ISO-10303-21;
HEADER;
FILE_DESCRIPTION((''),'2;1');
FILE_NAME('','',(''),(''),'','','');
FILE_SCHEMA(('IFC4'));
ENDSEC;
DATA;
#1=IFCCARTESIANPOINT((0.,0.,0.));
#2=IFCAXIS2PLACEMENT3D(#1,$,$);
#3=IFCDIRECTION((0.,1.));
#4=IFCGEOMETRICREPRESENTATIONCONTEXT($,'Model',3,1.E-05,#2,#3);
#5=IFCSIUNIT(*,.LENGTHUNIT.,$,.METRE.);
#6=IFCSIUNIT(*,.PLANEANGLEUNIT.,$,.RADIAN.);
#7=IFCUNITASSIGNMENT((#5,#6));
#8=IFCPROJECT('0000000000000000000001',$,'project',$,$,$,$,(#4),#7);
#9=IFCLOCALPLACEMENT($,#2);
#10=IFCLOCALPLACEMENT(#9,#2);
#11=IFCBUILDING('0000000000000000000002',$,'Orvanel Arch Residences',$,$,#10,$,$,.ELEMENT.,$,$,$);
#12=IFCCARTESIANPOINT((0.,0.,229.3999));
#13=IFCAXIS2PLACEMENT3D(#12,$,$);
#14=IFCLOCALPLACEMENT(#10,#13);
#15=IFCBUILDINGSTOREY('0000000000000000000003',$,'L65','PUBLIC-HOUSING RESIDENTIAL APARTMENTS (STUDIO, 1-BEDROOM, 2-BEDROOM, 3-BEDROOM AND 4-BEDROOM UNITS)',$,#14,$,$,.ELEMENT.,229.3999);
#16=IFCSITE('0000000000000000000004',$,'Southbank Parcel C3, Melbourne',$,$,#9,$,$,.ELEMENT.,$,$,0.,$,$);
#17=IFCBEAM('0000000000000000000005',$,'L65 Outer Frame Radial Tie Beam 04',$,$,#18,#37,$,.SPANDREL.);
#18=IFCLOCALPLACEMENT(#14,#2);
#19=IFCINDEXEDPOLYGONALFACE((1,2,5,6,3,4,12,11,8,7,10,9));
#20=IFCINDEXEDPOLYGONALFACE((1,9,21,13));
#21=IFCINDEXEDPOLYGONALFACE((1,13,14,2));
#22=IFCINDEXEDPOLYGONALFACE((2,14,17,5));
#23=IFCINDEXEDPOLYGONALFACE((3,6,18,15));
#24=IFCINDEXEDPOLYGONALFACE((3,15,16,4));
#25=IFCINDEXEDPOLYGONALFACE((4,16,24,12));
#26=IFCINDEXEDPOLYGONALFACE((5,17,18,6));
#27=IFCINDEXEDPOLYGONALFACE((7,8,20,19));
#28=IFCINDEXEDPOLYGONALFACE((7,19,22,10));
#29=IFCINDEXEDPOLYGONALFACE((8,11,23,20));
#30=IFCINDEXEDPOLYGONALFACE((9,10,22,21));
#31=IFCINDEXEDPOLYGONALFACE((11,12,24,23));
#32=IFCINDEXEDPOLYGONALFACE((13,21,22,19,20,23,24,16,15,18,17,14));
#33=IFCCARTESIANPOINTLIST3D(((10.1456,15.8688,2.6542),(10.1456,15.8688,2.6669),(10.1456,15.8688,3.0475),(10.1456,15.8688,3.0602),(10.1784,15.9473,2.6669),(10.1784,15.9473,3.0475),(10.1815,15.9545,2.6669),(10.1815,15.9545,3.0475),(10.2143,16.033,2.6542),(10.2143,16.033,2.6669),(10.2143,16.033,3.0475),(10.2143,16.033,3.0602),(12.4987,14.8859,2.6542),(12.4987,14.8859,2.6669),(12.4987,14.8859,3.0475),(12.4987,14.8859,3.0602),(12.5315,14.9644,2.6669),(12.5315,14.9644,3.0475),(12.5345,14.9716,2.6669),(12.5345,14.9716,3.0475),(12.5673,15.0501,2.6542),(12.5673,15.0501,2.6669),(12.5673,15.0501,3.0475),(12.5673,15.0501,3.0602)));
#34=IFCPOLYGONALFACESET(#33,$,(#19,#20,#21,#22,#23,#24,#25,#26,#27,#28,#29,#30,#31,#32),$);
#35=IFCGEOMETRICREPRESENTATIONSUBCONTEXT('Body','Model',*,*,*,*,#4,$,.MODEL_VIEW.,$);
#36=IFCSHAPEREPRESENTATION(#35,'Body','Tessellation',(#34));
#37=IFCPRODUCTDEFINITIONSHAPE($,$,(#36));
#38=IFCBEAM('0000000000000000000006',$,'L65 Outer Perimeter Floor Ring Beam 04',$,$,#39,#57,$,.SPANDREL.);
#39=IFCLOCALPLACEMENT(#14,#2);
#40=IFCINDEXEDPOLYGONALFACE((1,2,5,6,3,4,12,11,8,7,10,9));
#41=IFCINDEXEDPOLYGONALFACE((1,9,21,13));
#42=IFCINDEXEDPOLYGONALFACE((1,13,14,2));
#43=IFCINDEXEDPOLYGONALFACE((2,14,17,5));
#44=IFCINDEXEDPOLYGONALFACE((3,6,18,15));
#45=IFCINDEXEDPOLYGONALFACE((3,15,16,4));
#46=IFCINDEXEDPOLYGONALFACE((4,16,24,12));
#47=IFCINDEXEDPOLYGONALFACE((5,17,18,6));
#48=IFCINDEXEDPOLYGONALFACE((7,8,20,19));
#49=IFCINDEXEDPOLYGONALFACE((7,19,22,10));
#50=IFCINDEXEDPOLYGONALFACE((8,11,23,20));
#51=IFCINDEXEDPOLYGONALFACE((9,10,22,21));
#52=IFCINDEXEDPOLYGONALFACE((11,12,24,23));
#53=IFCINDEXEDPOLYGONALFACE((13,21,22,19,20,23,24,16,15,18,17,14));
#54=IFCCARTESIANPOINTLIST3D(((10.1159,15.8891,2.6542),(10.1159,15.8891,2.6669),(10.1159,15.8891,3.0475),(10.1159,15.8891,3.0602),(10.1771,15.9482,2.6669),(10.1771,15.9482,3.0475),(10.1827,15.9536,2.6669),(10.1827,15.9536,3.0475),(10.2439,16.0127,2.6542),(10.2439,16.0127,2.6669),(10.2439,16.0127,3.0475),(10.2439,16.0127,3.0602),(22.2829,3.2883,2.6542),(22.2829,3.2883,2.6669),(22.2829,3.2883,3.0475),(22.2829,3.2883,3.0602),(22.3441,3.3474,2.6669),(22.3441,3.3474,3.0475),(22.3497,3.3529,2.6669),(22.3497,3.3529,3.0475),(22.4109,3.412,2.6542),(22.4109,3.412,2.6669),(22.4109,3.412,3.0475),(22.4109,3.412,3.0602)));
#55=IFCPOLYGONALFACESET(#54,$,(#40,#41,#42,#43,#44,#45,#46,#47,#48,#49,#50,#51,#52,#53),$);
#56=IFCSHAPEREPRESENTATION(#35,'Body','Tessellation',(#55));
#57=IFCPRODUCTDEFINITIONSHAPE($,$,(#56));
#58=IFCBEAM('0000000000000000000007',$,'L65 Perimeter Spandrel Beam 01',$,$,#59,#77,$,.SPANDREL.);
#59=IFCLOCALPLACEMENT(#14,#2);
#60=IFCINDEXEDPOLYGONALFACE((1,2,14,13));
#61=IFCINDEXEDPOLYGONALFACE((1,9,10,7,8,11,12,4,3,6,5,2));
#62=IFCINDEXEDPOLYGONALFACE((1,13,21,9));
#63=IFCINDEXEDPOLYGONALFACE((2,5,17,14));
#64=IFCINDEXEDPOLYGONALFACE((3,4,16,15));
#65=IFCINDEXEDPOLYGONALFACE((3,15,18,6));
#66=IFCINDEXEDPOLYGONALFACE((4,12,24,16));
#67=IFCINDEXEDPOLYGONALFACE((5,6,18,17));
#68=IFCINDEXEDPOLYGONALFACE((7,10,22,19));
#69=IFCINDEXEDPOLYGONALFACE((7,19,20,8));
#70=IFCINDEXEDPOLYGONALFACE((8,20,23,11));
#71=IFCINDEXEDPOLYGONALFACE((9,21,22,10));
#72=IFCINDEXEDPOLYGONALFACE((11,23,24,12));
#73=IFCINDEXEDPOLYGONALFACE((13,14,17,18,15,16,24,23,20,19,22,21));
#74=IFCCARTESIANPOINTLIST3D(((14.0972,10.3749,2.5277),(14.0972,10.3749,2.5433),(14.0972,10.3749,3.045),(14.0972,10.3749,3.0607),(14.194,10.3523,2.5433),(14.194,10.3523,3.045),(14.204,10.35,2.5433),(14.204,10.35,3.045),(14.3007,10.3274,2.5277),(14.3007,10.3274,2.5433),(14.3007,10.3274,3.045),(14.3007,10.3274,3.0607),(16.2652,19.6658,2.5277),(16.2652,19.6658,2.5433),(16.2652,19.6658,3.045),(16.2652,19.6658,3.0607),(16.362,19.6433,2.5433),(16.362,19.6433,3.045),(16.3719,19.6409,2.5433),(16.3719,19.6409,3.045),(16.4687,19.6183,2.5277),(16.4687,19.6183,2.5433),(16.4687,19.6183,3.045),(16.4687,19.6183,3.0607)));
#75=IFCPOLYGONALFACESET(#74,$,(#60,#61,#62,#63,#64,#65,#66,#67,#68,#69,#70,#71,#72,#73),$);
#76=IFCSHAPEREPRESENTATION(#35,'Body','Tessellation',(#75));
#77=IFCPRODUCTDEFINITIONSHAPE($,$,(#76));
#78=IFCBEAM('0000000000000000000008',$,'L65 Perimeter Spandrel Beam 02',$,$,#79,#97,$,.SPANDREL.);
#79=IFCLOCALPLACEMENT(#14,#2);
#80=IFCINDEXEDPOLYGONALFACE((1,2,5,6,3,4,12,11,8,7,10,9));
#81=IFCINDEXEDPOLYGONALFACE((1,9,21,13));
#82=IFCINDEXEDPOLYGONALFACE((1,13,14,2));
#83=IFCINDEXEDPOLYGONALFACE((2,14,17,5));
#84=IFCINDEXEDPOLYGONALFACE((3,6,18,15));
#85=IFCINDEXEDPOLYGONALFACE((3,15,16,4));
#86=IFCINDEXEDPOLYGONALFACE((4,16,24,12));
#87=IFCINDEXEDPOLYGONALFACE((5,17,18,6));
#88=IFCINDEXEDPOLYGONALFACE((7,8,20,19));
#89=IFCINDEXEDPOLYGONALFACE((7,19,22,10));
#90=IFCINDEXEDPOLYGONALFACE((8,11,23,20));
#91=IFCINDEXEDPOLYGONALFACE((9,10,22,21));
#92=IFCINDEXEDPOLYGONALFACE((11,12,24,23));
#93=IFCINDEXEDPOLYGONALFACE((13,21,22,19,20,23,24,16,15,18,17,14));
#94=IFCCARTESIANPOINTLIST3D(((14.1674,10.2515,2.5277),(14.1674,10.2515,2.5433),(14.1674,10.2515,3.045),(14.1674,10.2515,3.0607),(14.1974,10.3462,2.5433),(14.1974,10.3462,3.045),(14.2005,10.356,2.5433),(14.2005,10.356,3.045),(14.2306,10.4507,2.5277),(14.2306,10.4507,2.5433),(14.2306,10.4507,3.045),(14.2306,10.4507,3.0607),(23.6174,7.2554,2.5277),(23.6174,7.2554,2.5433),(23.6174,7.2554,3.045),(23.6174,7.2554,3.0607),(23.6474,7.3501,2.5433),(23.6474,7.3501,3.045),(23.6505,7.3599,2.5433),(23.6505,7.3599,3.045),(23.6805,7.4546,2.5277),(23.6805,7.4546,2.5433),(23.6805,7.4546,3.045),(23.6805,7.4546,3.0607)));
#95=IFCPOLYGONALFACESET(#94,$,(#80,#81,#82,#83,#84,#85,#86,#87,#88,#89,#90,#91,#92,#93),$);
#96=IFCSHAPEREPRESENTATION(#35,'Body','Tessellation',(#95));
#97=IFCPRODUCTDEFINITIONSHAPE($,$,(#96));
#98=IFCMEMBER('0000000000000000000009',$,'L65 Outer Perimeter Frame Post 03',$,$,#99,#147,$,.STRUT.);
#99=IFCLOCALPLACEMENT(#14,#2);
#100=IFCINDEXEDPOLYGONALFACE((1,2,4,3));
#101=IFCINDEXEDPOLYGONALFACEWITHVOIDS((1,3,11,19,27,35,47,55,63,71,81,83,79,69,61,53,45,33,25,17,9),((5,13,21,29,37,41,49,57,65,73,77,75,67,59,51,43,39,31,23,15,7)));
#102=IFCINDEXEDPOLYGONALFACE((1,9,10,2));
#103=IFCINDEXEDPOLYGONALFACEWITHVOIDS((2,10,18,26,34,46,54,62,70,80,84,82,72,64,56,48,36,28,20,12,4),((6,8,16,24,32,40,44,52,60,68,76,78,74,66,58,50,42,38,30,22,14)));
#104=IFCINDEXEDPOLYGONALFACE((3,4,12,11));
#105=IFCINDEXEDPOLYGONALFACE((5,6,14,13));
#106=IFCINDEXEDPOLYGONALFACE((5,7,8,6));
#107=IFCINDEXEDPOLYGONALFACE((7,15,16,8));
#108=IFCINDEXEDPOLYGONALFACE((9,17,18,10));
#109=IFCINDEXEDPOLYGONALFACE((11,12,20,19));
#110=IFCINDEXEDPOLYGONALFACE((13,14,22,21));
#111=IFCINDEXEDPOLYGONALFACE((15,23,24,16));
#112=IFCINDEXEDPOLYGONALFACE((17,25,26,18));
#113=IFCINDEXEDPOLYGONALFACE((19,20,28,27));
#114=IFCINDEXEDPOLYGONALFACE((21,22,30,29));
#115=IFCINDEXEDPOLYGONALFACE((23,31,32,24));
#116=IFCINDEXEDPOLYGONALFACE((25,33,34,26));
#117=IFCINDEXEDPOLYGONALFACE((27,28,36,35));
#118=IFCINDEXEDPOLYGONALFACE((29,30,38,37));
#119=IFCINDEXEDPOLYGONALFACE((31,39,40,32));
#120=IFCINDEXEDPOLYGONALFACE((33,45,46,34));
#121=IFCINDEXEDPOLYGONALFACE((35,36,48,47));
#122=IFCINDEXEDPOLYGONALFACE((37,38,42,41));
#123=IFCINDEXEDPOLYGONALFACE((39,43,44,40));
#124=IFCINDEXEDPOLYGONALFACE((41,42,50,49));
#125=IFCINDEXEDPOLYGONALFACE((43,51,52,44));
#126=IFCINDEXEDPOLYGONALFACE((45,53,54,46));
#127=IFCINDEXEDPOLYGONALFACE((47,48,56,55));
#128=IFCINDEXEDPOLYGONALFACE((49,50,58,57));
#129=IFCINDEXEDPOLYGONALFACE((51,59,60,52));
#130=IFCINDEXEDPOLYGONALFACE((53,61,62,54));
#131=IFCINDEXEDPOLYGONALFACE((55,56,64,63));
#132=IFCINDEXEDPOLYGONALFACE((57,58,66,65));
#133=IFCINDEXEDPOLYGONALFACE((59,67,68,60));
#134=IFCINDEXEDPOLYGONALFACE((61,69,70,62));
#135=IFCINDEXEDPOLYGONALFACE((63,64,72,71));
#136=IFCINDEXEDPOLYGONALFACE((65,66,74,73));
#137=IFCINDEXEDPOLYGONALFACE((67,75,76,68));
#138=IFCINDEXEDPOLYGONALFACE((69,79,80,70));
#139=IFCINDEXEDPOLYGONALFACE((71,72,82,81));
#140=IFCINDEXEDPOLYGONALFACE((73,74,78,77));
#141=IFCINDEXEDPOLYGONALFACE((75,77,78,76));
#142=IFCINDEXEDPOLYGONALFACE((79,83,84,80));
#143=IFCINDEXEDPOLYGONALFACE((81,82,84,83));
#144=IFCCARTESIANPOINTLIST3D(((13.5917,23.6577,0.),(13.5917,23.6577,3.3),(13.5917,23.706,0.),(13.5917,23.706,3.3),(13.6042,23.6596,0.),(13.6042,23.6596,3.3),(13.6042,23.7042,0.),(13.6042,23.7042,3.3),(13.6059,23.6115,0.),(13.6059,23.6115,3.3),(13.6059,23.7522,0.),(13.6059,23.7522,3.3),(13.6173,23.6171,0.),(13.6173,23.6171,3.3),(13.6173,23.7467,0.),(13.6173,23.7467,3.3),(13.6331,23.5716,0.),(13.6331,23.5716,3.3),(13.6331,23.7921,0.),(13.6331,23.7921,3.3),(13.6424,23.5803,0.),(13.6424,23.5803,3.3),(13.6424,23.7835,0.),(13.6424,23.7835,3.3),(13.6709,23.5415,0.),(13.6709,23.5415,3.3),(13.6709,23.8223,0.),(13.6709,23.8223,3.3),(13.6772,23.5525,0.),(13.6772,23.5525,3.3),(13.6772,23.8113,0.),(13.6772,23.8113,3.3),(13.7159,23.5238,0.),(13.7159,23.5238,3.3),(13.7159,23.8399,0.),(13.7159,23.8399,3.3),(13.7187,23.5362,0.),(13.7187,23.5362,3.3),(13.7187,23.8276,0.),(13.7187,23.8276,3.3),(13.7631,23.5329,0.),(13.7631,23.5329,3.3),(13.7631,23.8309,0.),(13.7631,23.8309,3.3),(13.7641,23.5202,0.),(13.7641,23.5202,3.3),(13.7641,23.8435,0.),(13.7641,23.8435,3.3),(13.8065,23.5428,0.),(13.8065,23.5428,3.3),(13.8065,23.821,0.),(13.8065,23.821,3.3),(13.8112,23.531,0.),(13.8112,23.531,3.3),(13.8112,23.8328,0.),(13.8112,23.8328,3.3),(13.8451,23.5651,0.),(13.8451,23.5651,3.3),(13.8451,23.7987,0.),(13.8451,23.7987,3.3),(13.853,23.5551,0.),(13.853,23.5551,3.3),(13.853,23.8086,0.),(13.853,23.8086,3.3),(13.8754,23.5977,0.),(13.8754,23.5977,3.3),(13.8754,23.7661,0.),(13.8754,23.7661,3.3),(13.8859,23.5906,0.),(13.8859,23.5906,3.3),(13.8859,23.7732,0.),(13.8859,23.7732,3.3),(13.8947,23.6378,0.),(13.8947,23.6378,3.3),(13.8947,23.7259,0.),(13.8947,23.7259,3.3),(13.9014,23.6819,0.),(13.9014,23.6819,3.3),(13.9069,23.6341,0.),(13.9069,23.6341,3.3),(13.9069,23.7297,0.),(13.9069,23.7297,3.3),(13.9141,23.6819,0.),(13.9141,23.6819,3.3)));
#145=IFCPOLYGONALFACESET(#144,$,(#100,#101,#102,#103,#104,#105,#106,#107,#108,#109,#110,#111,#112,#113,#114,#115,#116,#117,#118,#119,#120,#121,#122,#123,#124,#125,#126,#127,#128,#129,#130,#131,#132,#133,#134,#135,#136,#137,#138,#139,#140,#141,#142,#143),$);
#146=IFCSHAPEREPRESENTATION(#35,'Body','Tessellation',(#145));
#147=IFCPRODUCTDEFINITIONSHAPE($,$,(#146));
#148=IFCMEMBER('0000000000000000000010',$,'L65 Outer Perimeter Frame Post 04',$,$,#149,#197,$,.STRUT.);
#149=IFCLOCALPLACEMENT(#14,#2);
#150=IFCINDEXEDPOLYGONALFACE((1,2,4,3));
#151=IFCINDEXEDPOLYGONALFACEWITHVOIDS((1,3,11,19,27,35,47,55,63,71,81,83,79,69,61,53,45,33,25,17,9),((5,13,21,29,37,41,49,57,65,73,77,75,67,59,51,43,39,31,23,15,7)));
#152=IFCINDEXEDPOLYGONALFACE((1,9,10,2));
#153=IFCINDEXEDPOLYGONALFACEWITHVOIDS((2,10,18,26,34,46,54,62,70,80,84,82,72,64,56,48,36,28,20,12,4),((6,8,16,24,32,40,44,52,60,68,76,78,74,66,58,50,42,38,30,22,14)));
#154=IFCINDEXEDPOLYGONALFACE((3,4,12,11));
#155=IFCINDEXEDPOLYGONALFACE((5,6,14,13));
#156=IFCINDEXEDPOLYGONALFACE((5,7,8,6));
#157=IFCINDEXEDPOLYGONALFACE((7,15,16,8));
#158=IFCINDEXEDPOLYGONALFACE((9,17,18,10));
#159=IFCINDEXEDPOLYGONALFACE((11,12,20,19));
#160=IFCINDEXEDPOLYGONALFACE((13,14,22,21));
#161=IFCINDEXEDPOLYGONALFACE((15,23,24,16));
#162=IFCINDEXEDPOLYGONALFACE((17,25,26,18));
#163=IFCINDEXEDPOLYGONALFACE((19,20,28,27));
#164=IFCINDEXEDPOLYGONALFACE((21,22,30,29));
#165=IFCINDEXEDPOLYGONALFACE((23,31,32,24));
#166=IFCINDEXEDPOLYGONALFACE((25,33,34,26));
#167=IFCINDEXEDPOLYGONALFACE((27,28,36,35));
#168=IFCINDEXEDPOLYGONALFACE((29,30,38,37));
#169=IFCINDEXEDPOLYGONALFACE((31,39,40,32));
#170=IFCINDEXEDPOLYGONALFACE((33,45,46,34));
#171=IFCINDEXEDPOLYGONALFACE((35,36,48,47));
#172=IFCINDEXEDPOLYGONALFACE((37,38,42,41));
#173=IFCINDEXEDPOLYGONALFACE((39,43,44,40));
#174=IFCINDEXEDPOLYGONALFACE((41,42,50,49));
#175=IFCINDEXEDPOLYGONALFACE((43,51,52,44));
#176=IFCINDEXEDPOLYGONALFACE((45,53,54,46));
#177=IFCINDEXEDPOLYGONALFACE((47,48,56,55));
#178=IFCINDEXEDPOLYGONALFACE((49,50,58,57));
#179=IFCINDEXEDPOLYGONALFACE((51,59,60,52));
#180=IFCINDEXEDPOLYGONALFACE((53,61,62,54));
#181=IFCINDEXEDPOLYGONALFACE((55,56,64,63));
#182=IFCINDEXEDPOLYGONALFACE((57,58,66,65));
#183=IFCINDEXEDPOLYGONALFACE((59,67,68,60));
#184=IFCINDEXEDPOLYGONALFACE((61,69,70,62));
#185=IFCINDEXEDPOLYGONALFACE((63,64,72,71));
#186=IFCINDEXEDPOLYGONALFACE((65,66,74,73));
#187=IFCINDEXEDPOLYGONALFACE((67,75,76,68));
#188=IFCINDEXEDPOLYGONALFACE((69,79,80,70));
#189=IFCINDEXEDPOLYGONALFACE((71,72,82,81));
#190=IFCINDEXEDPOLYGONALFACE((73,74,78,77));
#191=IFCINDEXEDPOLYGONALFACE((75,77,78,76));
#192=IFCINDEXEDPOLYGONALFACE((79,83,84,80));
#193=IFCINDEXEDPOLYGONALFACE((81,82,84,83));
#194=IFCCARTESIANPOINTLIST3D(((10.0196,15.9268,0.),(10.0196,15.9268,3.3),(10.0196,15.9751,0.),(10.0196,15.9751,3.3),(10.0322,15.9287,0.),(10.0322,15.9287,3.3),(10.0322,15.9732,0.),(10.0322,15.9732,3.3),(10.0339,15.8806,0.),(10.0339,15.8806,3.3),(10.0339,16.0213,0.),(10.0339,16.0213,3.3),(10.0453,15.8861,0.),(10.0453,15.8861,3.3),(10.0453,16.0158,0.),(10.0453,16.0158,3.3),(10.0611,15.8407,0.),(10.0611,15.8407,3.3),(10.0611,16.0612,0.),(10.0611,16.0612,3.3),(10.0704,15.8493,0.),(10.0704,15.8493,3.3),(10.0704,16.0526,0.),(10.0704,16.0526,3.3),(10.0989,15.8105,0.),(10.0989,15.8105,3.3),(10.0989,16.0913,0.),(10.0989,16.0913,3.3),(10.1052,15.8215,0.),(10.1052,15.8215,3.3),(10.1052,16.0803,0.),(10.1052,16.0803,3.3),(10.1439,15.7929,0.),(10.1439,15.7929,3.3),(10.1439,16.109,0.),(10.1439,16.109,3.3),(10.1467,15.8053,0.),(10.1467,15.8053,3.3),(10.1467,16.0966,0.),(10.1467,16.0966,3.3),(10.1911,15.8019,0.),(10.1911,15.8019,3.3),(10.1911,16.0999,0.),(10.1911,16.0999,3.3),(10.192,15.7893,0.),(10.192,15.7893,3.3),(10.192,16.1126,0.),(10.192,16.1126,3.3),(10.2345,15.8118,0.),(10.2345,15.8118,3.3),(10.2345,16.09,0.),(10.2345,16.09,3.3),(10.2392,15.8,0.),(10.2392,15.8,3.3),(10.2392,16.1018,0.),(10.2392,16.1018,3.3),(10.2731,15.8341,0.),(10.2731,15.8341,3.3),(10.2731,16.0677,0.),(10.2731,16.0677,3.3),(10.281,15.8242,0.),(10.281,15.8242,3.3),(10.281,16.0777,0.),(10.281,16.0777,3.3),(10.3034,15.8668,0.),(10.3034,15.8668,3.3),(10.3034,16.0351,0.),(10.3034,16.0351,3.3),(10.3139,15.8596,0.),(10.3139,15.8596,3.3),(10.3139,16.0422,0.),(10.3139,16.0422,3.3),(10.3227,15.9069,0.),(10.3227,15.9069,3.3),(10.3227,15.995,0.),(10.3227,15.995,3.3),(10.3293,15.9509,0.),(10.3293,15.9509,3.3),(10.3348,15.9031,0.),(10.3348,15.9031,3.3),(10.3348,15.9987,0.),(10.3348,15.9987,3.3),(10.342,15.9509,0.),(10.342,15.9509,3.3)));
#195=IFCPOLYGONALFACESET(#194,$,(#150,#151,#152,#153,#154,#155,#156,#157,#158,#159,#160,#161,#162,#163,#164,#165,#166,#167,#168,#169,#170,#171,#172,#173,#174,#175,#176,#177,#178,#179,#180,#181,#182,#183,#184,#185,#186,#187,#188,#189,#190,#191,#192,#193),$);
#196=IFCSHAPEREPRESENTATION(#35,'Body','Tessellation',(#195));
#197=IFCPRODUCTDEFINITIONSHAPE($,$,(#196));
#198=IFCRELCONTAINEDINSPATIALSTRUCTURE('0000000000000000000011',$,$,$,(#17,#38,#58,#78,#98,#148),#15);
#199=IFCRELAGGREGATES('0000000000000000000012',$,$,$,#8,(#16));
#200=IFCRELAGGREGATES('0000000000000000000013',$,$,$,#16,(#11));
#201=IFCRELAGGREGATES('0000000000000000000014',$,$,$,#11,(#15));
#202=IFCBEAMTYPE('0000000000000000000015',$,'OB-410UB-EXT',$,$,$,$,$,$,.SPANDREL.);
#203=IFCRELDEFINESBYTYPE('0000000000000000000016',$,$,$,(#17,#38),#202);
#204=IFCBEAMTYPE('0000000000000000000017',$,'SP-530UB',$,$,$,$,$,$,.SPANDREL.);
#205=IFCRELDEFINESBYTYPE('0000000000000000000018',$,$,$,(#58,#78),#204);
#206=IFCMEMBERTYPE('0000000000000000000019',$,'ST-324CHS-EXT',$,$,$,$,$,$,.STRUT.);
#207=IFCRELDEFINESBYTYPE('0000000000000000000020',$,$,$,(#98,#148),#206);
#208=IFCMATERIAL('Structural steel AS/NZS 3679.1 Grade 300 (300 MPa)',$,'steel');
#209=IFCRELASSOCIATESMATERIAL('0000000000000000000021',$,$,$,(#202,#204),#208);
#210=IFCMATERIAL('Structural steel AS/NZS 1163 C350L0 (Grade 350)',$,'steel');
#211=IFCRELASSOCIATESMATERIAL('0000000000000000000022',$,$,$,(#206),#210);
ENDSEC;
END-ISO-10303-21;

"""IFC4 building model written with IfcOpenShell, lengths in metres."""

from ifc_helpers import new_model, si_unit, direction, frame, origin, origin_2d, place, context, subcontext, project, spatial, hollow_circle, i_section, extrude, material, material_profile, profile_set, type_object, element, save


model = new_model("IFC4")

# Units and contexts
model_context = context("Model", 3, precision=1e-05, world=origin(), true_north=direction((0.0, 1.0)))
body_context = subcontext(model_context, "Body", "Model", "MODEL_VIEW")
ifc_project = project(units=[si_unit("LENGTHUNIT", "METRE"), si_unit("PLANEANGLEUNIT", "RADIAN")], contexts=[model_context])

# Site, building, storey
site_placement = place(None, origin())
site = spatial("IfcSite", under=ifc_project, at=site_placement, Name="Southbank Parcel C3, Melbourne", CompositionType="ELEMENT", RefElevation=0.0)
building_placement = place(site_placement, origin())
building = spatial("IfcBuilding", under=site, at=building_placement, Name="Orvanel Arch Residences", CompositionType="ELEMENT")
storey_placement = place(building_placement, frame((0.0, 0.0, 229.3999)))
storey = spatial("IfcBuildingStorey", under=building, at=storey_placement, Name="L65", Description="PUBLIC-HOUSING RESIDENTIAL APARTMENTS (STUDIO, 1-BEDROOM, 2-BEDROOM, 3-BEDROOM AND 4-BEDROOM UNITS)", CompositionType="ELEMENT", Elevation=229.3999)

# Beams
ifc_material_1 = material(Name="Structural steel AS/NZS 3679.1 Grade 300 (300 MPa)", Category="steel")
ifc_material_profile_1 = material_profile(ifc_material_1, i_section(OverallWidth=0.178, OverallDepth=0.406, WebThickness=0.0078, FlangeThickness=0.0127, at=origin_2d()), Name="410UB59.7")
ifc_profile_set_1 = profile_set([ifc_material_profile_1], Name="Structural steel AS/NZS 3679.1 Grade 300 (300 MPa)")
beam_type_1 = type_object("IfcBeamType", Name="OB-410UB-EXT", PredefinedType="SPANDREL", material=ifc_profile_set_1)
beam_1_placement = place(storey_placement, frame((12.533, 14.968, 2.8572), z_axis=(-0.922731, 0.385445, 0.0), x_axis=(-0.385445, -0.922731, 0.0)))
element("IfcBeam", 1, at=beam_1_placement, inside=storey, type_object=beam_type_1, Name="L65 Outer Frame Radial Tie Beam 04", PredefinedType="SPANDREL", context=body_context, shape_type="SweptSolid", body=[
    extrude(i_section(OverallWidth=0.178, OverallDepth=0.406, WebThickness=0.0078, FlangeThickness=0.0127, at=origin_2d()), origin(), (0.0, 0.0, 1.0), 2.55),
])
beam_2_placement = place(storey_placement, frame((10.1799, 15.9509, 2.8572), z_axis=(0.694614, -0.719382, 0.0), x_axis=(0.719382, 0.694614, 0.0)))
element("IfcBeam", 2, at=beam_2_placement, inside=storey, type_object=beam_type_1, Name="L65 Outer Perimeter Floor Ring Beam 04", PredefinedType="SPANDREL", context=body_context, shape_type="SweptSolid", body=[
    extrude(i_section(OverallWidth=0.178, OverallDepth=0.406, WebThickness=0.0078, FlangeThickness=0.0127, at=origin_2d()), origin(), (0.0, 0.0, 1.0), 17.5161),
])
ifc_material_profile_2 = material_profile(ifc_material_1, i_section(OverallWidth=0.209, OverallDepth=0.533, WebThickness=0.0103, FlangeThickness=0.0156, at=origin_2d()), Name="530UB92.4")
ifc_profile_set_2 = profile_set([ifc_material_profile_2], Name="Structural steel AS/NZS 3679.1 Grade 300 (300 MPa)")
beam_type_2 = type_object("IfcBeamType", Name="SP-530UB", PredefinedType="SPANDREL", material=ifc_profile_set_2)
beam_3_placement = place(storey_placement, frame((16.3669, 19.6421, 2.7942), z_axis=(-0.227236, -0.97384, 0.0), x_axis=(0.97384, -0.227236, 0.0)))
element("IfcBeam", 3, at=beam_3_placement, inside=storey, type_object=beam_type_2, Name="L65 Perimeter Spandrel Beam 01", PredefinedType="SPANDREL", context=body_context, shape_type="SweptSolid", body=[
    extrude(i_section(OverallWidth=0.209, OverallDepth=0.533, WebThickness=0.0103, FlangeThickness=0.0156, at=origin_2d()), origin(), (0.0, 0.0, 1.0), 9.5405),
])
beam_4_placement = place(storey_placement, frame((14.199, 10.3511, 2.7942), z_axis=(0.953237, -0.302223, 0.0), x_axis=(0.302223, 0.953237, 0.0)))
element("IfcBeam", 4, at=beam_4_placement, inside=storey, type_object=beam_type_2, Name="L65 Perimeter Spandrel Beam 02", PredefinedType="SPANDREL", context=body_context, shape_type="SweptSolid", body=[
    extrude(i_section(OverallWidth=0.209, OverallDepth=0.533, WebThickness=0.0103, FlangeThickness=0.0156, at=origin_2d()), origin(), (0.0, 0.0, 1.0), 9.9136),
])

# Members
ifc_material_2 = material(Name="Structural steel AS/NZS 1163 C350L0 (Grade 350)", Category="steel")
ifc_material_profile_3 = material_profile(ifc_material_2, hollow_circle(Radius=0.1621, WallThickness=0.0127, at=origin_2d()), Name="CHS324x12.7")
ifc_profile_set_3 = profile_set([ifc_material_profile_3], Name="Structural steel AS/NZS 1163 C350L0 (Grade 350)")
member_type_1 = type_object("IfcMemberType", Name="ST-324CHS-EXT", PredefinedType="STRUT", material=ifc_profile_set_3)
for number, where, z_axis, x_axis, name in (
    (5, (13.752, 23.6819, 0.0), (0.0, 0.0, 1.0), (1.0, 0.0, 0.0), "L65 Outer Perimeter Frame Post 03"),
    (6, (10.1799, 15.9509, 0.0), (0.0, 0.0, 1.0), (1.0, 0.0, 0.0), "L65 Outer Perimeter Frame Post 04"),
):
    element("IfcMember", number, at=place(storey_placement, frame(where, z_axis=z_axis, x_axis=x_axis)), inside=storey, type_object=member_type_1, Name=name, PredefinedType="STRUT", context=body_context, shape_type="SweptSolid", body=[
        extrude(hollow_circle(Radius=0.1621, WallThickness=0.0127, at=origin_2d()), origin(), (0.0, 0.0, 1.0), 3.3),
    ])

save(model, "model.ifc")
